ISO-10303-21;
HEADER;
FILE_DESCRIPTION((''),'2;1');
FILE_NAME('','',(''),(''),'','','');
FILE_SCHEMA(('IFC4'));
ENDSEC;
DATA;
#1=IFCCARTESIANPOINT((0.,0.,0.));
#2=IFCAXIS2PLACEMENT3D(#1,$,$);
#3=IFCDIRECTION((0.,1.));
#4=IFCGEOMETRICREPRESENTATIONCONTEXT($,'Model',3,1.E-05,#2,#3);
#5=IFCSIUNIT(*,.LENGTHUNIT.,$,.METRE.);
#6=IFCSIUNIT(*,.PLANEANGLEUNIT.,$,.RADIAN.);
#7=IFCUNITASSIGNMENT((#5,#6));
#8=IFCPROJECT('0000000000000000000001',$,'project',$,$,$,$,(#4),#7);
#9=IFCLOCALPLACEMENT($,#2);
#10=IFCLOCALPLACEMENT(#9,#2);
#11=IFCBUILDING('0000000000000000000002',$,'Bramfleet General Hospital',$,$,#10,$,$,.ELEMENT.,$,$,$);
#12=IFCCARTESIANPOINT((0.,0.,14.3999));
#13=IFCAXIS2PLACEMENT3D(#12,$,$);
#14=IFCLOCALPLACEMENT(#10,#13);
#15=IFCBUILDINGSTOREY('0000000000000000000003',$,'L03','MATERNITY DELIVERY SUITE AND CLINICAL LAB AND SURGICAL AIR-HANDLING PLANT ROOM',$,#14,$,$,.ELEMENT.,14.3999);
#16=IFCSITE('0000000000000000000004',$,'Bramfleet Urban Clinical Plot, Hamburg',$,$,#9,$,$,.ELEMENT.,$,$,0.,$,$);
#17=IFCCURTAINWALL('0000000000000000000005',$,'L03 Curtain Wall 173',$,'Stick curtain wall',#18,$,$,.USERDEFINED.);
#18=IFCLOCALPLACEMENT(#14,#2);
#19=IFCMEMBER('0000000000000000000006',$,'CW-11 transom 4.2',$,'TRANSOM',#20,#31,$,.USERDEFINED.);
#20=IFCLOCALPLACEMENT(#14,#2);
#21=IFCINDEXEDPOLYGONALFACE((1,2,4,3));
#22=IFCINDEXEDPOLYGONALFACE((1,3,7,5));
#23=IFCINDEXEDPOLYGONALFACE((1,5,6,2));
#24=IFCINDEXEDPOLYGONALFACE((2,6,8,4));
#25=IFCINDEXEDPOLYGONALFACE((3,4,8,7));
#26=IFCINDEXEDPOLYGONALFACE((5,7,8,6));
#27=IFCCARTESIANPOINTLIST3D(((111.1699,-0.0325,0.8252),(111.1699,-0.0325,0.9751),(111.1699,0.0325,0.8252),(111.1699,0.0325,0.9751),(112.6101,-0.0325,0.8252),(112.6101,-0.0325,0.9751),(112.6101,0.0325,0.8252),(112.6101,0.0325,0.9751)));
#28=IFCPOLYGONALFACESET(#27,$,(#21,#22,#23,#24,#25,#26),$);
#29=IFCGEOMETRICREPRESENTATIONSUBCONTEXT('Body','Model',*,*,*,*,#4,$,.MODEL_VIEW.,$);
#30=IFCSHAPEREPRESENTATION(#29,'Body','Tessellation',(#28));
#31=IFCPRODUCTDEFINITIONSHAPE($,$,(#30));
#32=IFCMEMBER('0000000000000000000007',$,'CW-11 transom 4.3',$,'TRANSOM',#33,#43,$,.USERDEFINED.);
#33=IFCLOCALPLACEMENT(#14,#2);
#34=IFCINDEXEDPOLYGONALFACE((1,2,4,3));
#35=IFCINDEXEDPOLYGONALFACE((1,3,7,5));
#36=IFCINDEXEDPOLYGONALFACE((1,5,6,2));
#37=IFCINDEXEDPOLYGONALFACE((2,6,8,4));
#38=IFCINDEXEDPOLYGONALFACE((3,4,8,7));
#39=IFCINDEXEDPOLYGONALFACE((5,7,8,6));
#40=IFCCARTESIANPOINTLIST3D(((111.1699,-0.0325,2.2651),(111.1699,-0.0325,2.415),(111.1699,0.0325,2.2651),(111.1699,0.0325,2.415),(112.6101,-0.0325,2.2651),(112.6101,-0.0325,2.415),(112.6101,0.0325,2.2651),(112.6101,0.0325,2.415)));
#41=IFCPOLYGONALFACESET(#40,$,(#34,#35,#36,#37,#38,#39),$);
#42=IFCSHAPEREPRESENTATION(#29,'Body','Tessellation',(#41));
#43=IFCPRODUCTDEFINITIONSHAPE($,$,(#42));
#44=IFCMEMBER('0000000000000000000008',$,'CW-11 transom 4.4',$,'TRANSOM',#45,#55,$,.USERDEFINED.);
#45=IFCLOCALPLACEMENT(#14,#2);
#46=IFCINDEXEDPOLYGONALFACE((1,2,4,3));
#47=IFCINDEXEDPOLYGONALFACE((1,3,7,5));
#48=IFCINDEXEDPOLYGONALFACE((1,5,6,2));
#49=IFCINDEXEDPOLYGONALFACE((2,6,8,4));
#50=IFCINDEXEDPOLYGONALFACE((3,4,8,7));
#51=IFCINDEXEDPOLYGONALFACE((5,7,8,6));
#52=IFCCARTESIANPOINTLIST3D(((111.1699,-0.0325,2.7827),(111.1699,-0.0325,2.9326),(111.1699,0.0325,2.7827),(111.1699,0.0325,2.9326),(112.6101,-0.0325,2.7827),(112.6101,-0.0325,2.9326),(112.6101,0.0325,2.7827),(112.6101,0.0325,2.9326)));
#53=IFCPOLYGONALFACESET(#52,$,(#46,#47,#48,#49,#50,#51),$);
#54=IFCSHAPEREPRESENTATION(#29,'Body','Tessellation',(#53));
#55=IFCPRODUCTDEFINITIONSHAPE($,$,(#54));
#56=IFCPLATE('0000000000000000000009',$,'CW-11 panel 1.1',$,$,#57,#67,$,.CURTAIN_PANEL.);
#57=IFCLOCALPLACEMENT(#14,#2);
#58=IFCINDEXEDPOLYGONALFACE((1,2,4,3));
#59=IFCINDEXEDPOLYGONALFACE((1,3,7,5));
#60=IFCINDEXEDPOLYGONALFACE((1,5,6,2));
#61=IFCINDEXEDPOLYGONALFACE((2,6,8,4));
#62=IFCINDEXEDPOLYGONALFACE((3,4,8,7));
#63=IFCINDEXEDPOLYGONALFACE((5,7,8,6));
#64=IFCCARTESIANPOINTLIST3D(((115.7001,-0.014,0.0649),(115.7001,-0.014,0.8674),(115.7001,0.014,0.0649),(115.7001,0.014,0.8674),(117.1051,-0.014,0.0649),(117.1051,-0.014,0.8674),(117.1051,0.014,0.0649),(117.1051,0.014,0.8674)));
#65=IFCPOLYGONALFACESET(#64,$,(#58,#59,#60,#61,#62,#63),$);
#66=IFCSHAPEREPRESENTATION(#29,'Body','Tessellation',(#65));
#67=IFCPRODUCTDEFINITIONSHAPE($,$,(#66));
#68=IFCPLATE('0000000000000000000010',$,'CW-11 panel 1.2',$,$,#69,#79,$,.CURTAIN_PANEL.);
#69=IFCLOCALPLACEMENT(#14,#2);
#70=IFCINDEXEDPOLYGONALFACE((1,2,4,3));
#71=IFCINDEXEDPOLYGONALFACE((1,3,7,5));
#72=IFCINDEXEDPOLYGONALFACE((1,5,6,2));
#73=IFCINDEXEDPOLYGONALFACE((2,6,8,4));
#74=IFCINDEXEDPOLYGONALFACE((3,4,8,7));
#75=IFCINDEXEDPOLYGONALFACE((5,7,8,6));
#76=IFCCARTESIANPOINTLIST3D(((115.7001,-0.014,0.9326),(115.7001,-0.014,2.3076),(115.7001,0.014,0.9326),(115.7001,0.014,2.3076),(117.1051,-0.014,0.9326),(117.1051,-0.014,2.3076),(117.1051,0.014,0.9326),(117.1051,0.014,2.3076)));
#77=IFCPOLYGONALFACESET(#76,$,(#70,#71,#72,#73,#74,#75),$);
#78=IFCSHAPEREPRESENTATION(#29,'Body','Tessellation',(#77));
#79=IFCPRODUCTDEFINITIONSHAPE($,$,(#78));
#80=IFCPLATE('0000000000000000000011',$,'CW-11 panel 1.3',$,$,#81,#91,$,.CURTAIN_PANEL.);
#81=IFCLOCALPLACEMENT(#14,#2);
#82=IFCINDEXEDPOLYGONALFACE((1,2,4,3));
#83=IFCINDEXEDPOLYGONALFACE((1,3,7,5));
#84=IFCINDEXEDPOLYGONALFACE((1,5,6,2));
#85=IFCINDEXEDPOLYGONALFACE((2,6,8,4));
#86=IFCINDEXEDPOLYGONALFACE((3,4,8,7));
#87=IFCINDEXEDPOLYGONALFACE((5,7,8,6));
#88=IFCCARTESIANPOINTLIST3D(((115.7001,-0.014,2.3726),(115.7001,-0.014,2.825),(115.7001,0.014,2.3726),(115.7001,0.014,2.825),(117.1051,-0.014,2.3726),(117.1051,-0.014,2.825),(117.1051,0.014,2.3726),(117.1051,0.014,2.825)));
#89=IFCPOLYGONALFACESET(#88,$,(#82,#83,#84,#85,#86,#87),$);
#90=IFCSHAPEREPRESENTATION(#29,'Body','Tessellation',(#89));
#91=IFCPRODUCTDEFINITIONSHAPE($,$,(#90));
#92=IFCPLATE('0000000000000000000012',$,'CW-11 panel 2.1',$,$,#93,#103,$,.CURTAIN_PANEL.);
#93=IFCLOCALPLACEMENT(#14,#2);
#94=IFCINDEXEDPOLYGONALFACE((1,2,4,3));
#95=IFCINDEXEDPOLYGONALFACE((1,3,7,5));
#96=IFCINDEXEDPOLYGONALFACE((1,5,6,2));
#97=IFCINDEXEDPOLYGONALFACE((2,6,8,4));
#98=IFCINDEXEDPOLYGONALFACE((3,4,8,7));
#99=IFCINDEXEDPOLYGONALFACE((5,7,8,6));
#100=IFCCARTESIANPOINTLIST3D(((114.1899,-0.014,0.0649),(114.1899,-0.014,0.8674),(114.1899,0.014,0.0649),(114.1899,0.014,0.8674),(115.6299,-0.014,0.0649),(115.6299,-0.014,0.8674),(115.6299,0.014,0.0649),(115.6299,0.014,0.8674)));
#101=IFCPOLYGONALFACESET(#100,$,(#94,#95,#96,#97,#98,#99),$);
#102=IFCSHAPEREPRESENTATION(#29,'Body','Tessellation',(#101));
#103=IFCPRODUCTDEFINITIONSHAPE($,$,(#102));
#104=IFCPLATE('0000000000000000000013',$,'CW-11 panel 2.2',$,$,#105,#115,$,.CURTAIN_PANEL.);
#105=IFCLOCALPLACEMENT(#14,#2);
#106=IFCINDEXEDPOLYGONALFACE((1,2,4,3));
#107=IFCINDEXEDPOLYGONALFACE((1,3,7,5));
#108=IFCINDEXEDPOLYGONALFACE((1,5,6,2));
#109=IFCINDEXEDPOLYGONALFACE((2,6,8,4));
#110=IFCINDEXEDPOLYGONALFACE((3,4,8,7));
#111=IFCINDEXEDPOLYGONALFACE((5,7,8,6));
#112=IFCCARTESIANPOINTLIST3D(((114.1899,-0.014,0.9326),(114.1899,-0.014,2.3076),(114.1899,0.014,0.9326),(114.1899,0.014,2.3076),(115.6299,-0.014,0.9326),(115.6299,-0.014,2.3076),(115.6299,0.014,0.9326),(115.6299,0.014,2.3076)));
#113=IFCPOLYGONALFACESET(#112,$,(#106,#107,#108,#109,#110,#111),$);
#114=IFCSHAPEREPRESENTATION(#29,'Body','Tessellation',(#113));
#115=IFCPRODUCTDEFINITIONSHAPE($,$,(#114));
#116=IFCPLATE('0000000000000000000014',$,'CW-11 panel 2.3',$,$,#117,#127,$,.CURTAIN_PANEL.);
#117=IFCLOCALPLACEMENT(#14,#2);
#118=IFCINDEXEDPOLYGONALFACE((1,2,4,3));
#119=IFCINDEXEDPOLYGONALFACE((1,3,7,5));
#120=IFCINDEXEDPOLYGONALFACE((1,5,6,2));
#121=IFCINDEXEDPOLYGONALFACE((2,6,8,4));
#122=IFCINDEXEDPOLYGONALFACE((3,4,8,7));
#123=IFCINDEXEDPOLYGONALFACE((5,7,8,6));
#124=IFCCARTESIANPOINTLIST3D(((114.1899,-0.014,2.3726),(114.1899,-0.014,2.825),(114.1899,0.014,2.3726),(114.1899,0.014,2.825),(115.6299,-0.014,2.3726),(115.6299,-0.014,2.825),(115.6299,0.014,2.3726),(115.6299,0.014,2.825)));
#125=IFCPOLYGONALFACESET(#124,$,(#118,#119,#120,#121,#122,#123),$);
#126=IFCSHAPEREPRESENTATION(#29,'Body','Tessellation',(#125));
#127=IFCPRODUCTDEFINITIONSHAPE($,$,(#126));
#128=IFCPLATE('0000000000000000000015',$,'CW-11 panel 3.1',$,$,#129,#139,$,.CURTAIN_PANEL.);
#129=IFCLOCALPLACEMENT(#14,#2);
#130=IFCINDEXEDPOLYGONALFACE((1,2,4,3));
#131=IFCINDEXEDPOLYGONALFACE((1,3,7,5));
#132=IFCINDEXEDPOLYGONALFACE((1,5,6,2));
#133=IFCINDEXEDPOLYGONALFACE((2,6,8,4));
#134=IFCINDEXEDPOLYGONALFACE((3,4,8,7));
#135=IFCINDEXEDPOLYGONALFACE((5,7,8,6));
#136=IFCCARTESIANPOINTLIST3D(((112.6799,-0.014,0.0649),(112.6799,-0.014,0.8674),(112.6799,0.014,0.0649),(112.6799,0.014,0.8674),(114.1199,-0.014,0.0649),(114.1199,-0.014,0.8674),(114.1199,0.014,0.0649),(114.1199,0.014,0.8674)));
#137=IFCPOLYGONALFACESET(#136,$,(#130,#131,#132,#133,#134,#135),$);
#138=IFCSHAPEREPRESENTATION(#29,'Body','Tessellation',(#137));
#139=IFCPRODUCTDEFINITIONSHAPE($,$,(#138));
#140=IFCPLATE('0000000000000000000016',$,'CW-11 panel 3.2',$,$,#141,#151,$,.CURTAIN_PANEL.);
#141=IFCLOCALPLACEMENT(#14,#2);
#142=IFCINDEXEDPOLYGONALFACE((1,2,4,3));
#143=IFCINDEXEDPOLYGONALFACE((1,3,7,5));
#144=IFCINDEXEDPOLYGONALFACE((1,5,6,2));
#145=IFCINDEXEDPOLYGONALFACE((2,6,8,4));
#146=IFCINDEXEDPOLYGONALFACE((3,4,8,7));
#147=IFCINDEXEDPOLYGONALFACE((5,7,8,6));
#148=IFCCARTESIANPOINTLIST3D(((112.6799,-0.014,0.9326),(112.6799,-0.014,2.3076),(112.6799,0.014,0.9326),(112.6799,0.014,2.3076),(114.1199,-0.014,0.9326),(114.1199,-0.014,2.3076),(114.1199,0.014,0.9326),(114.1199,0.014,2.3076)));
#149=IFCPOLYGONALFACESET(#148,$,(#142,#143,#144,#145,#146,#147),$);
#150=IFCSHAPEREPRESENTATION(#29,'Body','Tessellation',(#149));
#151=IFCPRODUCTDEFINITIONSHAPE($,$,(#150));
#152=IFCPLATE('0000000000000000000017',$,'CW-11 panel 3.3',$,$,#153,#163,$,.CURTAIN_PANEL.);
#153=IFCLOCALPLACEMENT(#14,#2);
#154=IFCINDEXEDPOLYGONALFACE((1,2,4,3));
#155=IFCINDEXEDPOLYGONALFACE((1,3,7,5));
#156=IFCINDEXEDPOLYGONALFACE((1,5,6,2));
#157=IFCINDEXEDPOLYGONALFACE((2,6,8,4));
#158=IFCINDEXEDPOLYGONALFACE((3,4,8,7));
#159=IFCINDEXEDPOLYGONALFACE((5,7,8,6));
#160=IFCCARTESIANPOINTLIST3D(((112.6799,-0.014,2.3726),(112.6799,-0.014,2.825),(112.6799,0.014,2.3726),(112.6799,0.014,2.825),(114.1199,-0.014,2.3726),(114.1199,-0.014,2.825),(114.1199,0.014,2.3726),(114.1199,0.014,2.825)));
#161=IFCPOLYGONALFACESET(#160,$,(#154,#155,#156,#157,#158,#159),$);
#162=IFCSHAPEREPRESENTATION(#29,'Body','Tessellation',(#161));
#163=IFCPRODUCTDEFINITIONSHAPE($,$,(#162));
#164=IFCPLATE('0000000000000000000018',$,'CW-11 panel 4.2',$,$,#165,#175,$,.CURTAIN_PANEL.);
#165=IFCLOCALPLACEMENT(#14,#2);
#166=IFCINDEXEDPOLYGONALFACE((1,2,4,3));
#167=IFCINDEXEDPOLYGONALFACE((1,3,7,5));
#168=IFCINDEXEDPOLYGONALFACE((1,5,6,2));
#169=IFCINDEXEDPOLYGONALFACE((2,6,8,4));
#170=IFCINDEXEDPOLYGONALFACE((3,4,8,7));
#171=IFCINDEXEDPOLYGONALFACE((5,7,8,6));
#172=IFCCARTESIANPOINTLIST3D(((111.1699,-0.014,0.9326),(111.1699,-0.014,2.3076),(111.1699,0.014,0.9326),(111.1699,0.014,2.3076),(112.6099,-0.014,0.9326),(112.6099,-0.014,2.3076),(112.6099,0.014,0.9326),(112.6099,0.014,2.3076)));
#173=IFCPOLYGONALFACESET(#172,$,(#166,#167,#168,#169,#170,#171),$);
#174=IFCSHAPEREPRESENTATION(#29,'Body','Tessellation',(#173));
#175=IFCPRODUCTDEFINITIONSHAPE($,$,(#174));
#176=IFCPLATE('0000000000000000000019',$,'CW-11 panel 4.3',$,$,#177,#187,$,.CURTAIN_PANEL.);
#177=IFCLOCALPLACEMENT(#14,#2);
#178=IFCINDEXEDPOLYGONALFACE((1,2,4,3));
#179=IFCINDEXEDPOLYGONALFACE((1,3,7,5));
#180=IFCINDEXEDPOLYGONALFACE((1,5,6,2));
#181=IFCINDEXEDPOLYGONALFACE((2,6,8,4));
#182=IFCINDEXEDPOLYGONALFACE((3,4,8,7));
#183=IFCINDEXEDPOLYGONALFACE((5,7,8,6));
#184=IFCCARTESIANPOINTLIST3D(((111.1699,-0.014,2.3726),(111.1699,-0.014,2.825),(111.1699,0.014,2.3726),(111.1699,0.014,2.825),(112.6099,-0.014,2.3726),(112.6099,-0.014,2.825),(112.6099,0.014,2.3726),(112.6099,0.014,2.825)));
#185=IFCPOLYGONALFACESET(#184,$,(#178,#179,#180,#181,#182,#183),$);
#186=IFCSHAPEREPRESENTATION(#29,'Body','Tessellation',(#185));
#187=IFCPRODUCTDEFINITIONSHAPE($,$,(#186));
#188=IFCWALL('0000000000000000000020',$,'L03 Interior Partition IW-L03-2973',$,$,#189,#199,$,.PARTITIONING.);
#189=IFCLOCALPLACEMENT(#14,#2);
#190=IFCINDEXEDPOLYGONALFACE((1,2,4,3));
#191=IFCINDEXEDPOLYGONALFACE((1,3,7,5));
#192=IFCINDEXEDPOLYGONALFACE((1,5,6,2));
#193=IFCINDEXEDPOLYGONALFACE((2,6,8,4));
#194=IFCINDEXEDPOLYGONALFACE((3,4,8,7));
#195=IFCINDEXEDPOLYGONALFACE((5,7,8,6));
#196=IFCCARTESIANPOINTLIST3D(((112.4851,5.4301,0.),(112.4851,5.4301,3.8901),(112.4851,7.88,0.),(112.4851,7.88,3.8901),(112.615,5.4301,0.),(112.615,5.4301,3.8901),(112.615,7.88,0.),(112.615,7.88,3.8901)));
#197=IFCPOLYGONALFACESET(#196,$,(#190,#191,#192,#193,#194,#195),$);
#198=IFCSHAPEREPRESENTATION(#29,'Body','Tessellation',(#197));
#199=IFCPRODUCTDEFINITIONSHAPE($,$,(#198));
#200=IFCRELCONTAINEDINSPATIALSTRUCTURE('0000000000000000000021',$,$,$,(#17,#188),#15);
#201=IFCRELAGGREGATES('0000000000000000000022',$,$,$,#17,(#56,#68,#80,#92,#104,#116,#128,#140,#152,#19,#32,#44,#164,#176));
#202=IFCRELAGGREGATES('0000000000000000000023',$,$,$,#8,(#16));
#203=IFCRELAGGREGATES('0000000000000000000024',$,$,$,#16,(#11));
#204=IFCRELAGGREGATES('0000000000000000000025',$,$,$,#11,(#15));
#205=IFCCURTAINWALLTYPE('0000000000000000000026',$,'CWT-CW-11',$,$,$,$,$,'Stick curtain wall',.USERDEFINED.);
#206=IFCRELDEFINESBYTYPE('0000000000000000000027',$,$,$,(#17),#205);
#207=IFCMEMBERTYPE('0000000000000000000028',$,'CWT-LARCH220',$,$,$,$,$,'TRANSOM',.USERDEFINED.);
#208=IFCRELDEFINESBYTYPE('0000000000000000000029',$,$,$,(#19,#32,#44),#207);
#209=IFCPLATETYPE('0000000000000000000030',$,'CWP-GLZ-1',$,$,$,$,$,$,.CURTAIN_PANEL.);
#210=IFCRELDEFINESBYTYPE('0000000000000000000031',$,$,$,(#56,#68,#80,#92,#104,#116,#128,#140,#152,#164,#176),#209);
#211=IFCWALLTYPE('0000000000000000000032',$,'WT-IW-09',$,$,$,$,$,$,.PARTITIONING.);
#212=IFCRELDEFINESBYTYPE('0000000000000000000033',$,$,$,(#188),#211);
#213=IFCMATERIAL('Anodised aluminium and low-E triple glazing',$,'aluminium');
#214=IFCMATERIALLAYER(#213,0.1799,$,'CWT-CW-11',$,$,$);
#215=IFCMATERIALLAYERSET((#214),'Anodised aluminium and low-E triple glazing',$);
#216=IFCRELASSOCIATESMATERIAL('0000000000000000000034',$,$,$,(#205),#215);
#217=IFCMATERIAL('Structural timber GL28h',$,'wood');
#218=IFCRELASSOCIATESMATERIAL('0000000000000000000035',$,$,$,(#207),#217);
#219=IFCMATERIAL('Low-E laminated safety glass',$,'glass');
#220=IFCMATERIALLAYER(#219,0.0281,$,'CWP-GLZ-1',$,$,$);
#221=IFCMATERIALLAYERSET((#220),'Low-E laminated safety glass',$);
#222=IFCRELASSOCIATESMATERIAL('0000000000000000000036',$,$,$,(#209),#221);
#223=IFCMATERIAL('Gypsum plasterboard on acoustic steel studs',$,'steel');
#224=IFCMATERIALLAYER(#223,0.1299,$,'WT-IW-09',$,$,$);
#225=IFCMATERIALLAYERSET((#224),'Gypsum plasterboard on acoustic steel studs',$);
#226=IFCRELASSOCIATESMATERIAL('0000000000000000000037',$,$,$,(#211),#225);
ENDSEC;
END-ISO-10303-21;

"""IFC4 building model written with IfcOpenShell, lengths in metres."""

from ifc_helpers import new_model, si_unit, direction, frame, frame_2d, origin, origin_2d, place, context, subcontext, project, spatial, rectangle, extrude, material, layer, layer_set, material_profile, profile_set, type_object, element, aggregate, save


model = new_model("IFC4")

# Units and contexts
model_context = context("Model", 3, precision=1e-05, world=origin(), true_north=direction((0.0, 1.0)))
body_context = subcontext(model_context, "Body", "Model", "MODEL_VIEW")
ifc_project = project(units=[si_unit("LENGTHUNIT", "METRE"), si_unit("PLANEANGLEUNIT", "RADIAN")], contexts=[model_context])

# Site, building, storey
site_placement = place(None, origin())
site = spatial("IfcSite", under=ifc_project, at=site_placement, Name="Bramfleet Urban Clinical Plot, Hamburg", CompositionType="ELEMENT", RefElevation=0.0)
building_placement = place(site_placement, origin())
building = spatial("IfcBuilding", under=site, at=building_placement, Name="Bramfleet General Hospital", CompositionType="ELEMENT")
storey_placement = place(building_placement, frame((0.0, 0.0, 14.3999)))
storey = spatial("IfcBuildingStorey", under=building, at=storey_placement, Name="L03", Description="MATERNITY DELIVERY SUITE AND CLINICAL LAB AND SURGICAL AIR-HANDLING PLANT ROOM", CompositionType="ELEMENT", Elevation=14.3999)

# Curtain wall, members, plates
ifc_material_1 = material(Name="Anodised aluminium and low-E triple glazing", Category="aluminium")
ifc_layer_1 = layer(ifc_material_1, 0.1799, Name="CWT-CW-11")
ifc_layer_set_1 = layer_set([ifc_layer_1], Name="Anodised aluminium and low-E triple glazing")
curtain_wall_type = type_object("IfcCurtainWallType", Name="CWT-CW-11", ElementType="Stick curtain wall", PredefinedType="USERDEFINED", material=ifc_layer_set_1)
curtain_wall_placement = place(storey_placement, origin())
curtain_wall = element("IfcCurtainWall", 1, at=curtain_wall_placement, inside=storey, type_object=curtain_wall_type, Name="L03 Curtain Wall 173", ObjectType="Stick curtain wall", PredefinedType="USERDEFINED")
ifc_material_2 = material(Name="Structural timber GL28h", Category="wood")
ifc_material_profile_1 = material_profile(ifc_material_2, rectangle(XDim=0.0649, YDim=0.1499, at=origin_2d()), Name="LARCH 150x65")
ifc_profile_set_1 = profile_set([ifc_material_profile_1], Name="Structural timber GL28h")
member_type_1 = type_object("IfcMemberType", Name="CWT-LARCH220", ElementType="TRANSOM", PredefinedType="USERDEFINED", material=ifc_profile_set_1)
member_1_placement = place(storey_placement, frame((112.6101, 0.0, 0.9001), z_axis=(-1.0, 0.0, 0.0), x_axis=(0.0, -1.0, 0.0)))
member_1 = element("IfcMember", 2, at=member_1_placement, type_object=member_type_1, Name="CW-11 transom 4.2", ObjectType="TRANSOM", PredefinedType="USERDEFINED", context=body_context, shape_type="SweptSolid", body=[
    extrude(rectangle(XDim=0.0649, YDim=0.1499, at=origin_2d()), origin(), (0.0, 0.0, 1.0), 1.4402),
])
member_2_placement = place(storey_placement, frame((112.6101, 0.0, 2.3401), z_axis=(-1.0, 0.0, 0.0), x_axis=(0.0, -1.0, 0.0)))
member_2 = element("IfcMember", 3, at=member_2_placement, type_object=member_type_1, Name="CW-11 transom 4.3", ObjectType="TRANSOM", PredefinedType="USERDEFINED", context=body_context, shape_type="SweptSolid", body=[
    extrude(rectangle(XDim=0.0649, YDim=0.1499, at=origin_2d()), origin(), (0.0, 0.0, 1.0), 1.4402),
])
member_3_placement = place(storey_placement, frame((112.6101, 0.0, 2.8577), z_axis=(-1.0, 0.0, 0.0), x_axis=(0.0, -1.0, 0.0)))
member_3 = element("IfcMember", 4, at=member_3_placement, type_object=member_type_1, Name="CW-11 transom 4.4", ObjectType="TRANSOM", PredefinedType="USERDEFINED", context=body_context, shape_type="SweptSolid", body=[
    extrude(rectangle(XDim=0.0649, YDim=0.1499, at=origin_2d()), origin(), (0.0, 0.0, 1.0), 1.4402),
])
ifc_material_3 = material(Name="Low-E laminated safety glass", Category="glass")
ifc_layer_2 = layer(ifc_material_3, 0.0281, Name="CWP-GLZ-1")
ifc_layer_set_2 = layer_set([ifc_layer_2], Name="Low-E laminated safety glass")
plate_type = type_object("IfcPlateType", Name="CWP-GLZ-1", PredefinedType="CURTAIN_PANEL", material=ifc_layer_set_2)
plate_1_placement = place(storey_placement, frame((116.4026, 0.0, 0.0649), z_axis=(0.0, 0.0, 1.0), x_axis=(-1.0, 0.0, 0.0)))
plate_1 = element("IfcPlate", 5, at=plate_1_placement, type_object=plate_type, Name="CW-11 panel 1.1", PredefinedType="CURTAIN_PANEL", context=body_context, shape_type="SweptSolid", body=[
    extrude(rectangle(XDim=1.405, YDim=0.0281, at=origin_2d()), origin(), (0.0, 0.0, 1.0), 0.8025),
])
plate_2_placement = place(storey_placement, frame((116.4026, 0.0, 0.9326), z_axis=(0.0, 0.0, 1.0), x_axis=(-1.0, 0.0, 0.0)))
plate_2 = element("IfcPlate", 6, at=plate_2_placement, type_object=plate_type, Name="CW-11 panel 1.2", PredefinedType="CURTAIN_PANEL", context=body_context, shape_type="SweptSolid", body=[
    extrude(rectangle(XDim=1.405, YDim=0.0281, at=origin_2d()), origin(), (0.0, 0.0, 1.0), 1.375),
])
plate_3_placement = place(storey_placement, frame((116.4026, 0.0, 2.3726), z_axis=(0.0, 0.0, 1.0), x_axis=(-1.0, 0.0, 0.0)))
plate_3 = element("IfcPlate", 7, at=plate_3_placement, type_object=plate_type, Name="CW-11 panel 1.3", PredefinedType="CURTAIN_PANEL", context=body_context, shape_type="SweptSolid", body=[
    extrude(rectangle(XDim=1.405, YDim=0.0281, at=origin_2d()), origin(), (0.0, 0.0, 1.0), 0.4524),
])
plate_4_placement = place(storey_placement, frame((114.9099, 0.0, 0.0649), z_axis=(0.0, 0.0, 1.0), x_axis=(-1.0, 0.0, 0.0)))
plate_4 = element("IfcPlate", 8, at=plate_4_placement, type_object=plate_type, Name="CW-11 panel 2.1", PredefinedType="CURTAIN_PANEL", context=body_context, shape_type="SweptSolid", body=[
    extrude(rectangle(XDim=1.4399, YDim=0.0281, at=origin_2d()), origin(), (0.0, 0.0, 1.0), 0.8025),
])
plate_5_placement = place(storey_placement, frame((114.9099, 0.0, 0.9326), z_axis=(0.0, 0.0, 1.0), x_axis=(-1.0, 0.0, 0.0)))
plate_5 = element("IfcPlate", 9, at=plate_5_placement, type_object=plate_type, Name="CW-11 panel 2.2", PredefinedType="CURTAIN_PANEL", context=body_context, shape_type="SweptSolid", body=[
    extrude(rectangle(XDim=1.4399, YDim=0.0281, at=origin_2d()), origin(), (0.0, 0.0, 1.0), 1.375),
])
plate_6_placement = place(storey_placement, frame((114.9099, 0.0, 2.3726), z_axis=(0.0, 0.0, 1.0), x_axis=(-1.0, 0.0, 0.0)))
plate_6 = element("IfcPlate", 10, at=plate_6_placement, type_object=plate_type, Name="CW-11 panel 2.3", PredefinedType="CURTAIN_PANEL", context=body_context, shape_type="SweptSolid", body=[
    extrude(rectangle(XDim=1.4399, YDim=0.0281, at=origin_2d()), origin(), (0.0, 0.0, 1.0), 0.4524),
])
plate_7_placement = place(storey_placement, frame((113.3999, 0.0, 0.0649), z_axis=(0.0, 0.0, 1.0), x_axis=(-1.0, 0.0, 0.0)))
plate_7 = element("IfcPlate", 11, at=plate_7_placement, type_object=plate_type, Name="CW-11 panel 3.1", PredefinedType="CURTAIN_PANEL", context=body_context, shape_type="SweptSolid", body=[
    extrude(rectangle(XDim=1.4399, YDim=0.0281, at=origin_2d()), origin(), (0.0, 0.0, 1.0), 0.8025),
])
plate_8_placement = place(storey_placement, frame((113.3999, 0.0, 0.9326), z_axis=(0.0, 0.0, 1.0), x_axis=(-1.0, 0.0, 0.0)))
plate_8 = element("IfcPlate", 12, at=plate_8_placement, type_object=plate_type, Name="CW-11 panel 3.2", PredefinedType="CURTAIN_PANEL", context=body_context, shape_type="SweptSolid", body=[
    extrude(rectangle(XDim=1.4399, YDim=0.0281, at=origin_2d()), origin(), (0.0, 0.0, 1.0), 1.375),
])
plate_9_placement = place(storey_placement, frame((113.3999, 0.0, 2.3726), z_axis=(0.0, 0.0, 1.0), x_axis=(-1.0, 0.0, 0.0)))
plate_9 = element("IfcPlate", 13, at=plate_9_placement, type_object=plate_type, Name="CW-11 panel 3.3", PredefinedType="CURTAIN_PANEL", context=body_context, shape_type="SweptSolid", body=[
    extrude(rectangle(XDim=1.4399, YDim=0.0281, at=origin_2d()), origin(), (0.0, 0.0, 1.0), 0.4524),
])
plate_10_placement = place(storey_placement, frame((111.8899, 0.0, 0.9326), z_axis=(0.0, 0.0, 1.0), x_axis=(-1.0, 0.0, 0.0)))
plate_10 = element("IfcPlate", 14, at=plate_10_placement, type_object=plate_type, Name="CW-11 panel 4.2", PredefinedType="CURTAIN_PANEL", context=body_context, shape_type="SweptSolid", body=[
    extrude(rectangle(XDim=1.4399, YDim=0.0281, at=origin_2d()), origin(), (0.0, 0.0, 1.0), 1.375),
])
plate_11_placement = place(storey_placement, frame((111.8899, 0.0, 2.3726), z_axis=(0.0, 0.0, 1.0), x_axis=(-1.0, 0.0, 0.0)))
plate_11 = element("IfcPlate", 15, at=plate_11_placement, type_object=plate_type, Name="CW-11 panel 4.3", PredefinedType="CURTAIN_PANEL", context=body_context, shape_type="SweptSolid", body=[
    extrude(rectangle(XDim=1.4399, YDim=0.0281, at=origin_2d()), origin(), (0.0, 0.0, 1.0), 0.4524),
])
aggregate(curtain_wall, [plate_1, plate_2, plate_3, plate_4, plate_5, plate_6, plate_7, plate_8, plate_9, member_1, member_2, member_3, plate_10, plate_11])

# Wall
ifc_material_4 = material(Name="Gypsum plasterboard on acoustic steel studs", Category="steel")
ifc_layer_3 = layer(ifc_material_4, 0.1299, Name="WT-IW-09")
ifc_layer_set_3 = layer_set([ifc_layer_3], Name="Gypsum plasterboard on acoustic steel studs")
wall_type = type_object("IfcWallType", Name="WT-IW-09", PredefinedType="PARTITIONING", material=ifc_layer_set_3)
wall_placement = place(storey_placement, frame((112.55, 5.4299, 0.0), z_axis=(0.0, 0.0, 1.0), x_axis=(0.0, 1.0, 0.0)))
element("IfcWall", 16, at=wall_placement, inside=storey, type_object=wall_type, Name="L03 Interior Partition IW-L03-2973", PredefinedType="PARTITIONING", context=body_context, shape_type="SweptSolid", body=[
    extrude(rectangle(XDim=2.45, YDim=0.1299, at=frame_2d((1.2251, 0.0))), origin(), (0.0, 0.0, 1.0), 3.8901),
])

save(model, "model.ifc")
